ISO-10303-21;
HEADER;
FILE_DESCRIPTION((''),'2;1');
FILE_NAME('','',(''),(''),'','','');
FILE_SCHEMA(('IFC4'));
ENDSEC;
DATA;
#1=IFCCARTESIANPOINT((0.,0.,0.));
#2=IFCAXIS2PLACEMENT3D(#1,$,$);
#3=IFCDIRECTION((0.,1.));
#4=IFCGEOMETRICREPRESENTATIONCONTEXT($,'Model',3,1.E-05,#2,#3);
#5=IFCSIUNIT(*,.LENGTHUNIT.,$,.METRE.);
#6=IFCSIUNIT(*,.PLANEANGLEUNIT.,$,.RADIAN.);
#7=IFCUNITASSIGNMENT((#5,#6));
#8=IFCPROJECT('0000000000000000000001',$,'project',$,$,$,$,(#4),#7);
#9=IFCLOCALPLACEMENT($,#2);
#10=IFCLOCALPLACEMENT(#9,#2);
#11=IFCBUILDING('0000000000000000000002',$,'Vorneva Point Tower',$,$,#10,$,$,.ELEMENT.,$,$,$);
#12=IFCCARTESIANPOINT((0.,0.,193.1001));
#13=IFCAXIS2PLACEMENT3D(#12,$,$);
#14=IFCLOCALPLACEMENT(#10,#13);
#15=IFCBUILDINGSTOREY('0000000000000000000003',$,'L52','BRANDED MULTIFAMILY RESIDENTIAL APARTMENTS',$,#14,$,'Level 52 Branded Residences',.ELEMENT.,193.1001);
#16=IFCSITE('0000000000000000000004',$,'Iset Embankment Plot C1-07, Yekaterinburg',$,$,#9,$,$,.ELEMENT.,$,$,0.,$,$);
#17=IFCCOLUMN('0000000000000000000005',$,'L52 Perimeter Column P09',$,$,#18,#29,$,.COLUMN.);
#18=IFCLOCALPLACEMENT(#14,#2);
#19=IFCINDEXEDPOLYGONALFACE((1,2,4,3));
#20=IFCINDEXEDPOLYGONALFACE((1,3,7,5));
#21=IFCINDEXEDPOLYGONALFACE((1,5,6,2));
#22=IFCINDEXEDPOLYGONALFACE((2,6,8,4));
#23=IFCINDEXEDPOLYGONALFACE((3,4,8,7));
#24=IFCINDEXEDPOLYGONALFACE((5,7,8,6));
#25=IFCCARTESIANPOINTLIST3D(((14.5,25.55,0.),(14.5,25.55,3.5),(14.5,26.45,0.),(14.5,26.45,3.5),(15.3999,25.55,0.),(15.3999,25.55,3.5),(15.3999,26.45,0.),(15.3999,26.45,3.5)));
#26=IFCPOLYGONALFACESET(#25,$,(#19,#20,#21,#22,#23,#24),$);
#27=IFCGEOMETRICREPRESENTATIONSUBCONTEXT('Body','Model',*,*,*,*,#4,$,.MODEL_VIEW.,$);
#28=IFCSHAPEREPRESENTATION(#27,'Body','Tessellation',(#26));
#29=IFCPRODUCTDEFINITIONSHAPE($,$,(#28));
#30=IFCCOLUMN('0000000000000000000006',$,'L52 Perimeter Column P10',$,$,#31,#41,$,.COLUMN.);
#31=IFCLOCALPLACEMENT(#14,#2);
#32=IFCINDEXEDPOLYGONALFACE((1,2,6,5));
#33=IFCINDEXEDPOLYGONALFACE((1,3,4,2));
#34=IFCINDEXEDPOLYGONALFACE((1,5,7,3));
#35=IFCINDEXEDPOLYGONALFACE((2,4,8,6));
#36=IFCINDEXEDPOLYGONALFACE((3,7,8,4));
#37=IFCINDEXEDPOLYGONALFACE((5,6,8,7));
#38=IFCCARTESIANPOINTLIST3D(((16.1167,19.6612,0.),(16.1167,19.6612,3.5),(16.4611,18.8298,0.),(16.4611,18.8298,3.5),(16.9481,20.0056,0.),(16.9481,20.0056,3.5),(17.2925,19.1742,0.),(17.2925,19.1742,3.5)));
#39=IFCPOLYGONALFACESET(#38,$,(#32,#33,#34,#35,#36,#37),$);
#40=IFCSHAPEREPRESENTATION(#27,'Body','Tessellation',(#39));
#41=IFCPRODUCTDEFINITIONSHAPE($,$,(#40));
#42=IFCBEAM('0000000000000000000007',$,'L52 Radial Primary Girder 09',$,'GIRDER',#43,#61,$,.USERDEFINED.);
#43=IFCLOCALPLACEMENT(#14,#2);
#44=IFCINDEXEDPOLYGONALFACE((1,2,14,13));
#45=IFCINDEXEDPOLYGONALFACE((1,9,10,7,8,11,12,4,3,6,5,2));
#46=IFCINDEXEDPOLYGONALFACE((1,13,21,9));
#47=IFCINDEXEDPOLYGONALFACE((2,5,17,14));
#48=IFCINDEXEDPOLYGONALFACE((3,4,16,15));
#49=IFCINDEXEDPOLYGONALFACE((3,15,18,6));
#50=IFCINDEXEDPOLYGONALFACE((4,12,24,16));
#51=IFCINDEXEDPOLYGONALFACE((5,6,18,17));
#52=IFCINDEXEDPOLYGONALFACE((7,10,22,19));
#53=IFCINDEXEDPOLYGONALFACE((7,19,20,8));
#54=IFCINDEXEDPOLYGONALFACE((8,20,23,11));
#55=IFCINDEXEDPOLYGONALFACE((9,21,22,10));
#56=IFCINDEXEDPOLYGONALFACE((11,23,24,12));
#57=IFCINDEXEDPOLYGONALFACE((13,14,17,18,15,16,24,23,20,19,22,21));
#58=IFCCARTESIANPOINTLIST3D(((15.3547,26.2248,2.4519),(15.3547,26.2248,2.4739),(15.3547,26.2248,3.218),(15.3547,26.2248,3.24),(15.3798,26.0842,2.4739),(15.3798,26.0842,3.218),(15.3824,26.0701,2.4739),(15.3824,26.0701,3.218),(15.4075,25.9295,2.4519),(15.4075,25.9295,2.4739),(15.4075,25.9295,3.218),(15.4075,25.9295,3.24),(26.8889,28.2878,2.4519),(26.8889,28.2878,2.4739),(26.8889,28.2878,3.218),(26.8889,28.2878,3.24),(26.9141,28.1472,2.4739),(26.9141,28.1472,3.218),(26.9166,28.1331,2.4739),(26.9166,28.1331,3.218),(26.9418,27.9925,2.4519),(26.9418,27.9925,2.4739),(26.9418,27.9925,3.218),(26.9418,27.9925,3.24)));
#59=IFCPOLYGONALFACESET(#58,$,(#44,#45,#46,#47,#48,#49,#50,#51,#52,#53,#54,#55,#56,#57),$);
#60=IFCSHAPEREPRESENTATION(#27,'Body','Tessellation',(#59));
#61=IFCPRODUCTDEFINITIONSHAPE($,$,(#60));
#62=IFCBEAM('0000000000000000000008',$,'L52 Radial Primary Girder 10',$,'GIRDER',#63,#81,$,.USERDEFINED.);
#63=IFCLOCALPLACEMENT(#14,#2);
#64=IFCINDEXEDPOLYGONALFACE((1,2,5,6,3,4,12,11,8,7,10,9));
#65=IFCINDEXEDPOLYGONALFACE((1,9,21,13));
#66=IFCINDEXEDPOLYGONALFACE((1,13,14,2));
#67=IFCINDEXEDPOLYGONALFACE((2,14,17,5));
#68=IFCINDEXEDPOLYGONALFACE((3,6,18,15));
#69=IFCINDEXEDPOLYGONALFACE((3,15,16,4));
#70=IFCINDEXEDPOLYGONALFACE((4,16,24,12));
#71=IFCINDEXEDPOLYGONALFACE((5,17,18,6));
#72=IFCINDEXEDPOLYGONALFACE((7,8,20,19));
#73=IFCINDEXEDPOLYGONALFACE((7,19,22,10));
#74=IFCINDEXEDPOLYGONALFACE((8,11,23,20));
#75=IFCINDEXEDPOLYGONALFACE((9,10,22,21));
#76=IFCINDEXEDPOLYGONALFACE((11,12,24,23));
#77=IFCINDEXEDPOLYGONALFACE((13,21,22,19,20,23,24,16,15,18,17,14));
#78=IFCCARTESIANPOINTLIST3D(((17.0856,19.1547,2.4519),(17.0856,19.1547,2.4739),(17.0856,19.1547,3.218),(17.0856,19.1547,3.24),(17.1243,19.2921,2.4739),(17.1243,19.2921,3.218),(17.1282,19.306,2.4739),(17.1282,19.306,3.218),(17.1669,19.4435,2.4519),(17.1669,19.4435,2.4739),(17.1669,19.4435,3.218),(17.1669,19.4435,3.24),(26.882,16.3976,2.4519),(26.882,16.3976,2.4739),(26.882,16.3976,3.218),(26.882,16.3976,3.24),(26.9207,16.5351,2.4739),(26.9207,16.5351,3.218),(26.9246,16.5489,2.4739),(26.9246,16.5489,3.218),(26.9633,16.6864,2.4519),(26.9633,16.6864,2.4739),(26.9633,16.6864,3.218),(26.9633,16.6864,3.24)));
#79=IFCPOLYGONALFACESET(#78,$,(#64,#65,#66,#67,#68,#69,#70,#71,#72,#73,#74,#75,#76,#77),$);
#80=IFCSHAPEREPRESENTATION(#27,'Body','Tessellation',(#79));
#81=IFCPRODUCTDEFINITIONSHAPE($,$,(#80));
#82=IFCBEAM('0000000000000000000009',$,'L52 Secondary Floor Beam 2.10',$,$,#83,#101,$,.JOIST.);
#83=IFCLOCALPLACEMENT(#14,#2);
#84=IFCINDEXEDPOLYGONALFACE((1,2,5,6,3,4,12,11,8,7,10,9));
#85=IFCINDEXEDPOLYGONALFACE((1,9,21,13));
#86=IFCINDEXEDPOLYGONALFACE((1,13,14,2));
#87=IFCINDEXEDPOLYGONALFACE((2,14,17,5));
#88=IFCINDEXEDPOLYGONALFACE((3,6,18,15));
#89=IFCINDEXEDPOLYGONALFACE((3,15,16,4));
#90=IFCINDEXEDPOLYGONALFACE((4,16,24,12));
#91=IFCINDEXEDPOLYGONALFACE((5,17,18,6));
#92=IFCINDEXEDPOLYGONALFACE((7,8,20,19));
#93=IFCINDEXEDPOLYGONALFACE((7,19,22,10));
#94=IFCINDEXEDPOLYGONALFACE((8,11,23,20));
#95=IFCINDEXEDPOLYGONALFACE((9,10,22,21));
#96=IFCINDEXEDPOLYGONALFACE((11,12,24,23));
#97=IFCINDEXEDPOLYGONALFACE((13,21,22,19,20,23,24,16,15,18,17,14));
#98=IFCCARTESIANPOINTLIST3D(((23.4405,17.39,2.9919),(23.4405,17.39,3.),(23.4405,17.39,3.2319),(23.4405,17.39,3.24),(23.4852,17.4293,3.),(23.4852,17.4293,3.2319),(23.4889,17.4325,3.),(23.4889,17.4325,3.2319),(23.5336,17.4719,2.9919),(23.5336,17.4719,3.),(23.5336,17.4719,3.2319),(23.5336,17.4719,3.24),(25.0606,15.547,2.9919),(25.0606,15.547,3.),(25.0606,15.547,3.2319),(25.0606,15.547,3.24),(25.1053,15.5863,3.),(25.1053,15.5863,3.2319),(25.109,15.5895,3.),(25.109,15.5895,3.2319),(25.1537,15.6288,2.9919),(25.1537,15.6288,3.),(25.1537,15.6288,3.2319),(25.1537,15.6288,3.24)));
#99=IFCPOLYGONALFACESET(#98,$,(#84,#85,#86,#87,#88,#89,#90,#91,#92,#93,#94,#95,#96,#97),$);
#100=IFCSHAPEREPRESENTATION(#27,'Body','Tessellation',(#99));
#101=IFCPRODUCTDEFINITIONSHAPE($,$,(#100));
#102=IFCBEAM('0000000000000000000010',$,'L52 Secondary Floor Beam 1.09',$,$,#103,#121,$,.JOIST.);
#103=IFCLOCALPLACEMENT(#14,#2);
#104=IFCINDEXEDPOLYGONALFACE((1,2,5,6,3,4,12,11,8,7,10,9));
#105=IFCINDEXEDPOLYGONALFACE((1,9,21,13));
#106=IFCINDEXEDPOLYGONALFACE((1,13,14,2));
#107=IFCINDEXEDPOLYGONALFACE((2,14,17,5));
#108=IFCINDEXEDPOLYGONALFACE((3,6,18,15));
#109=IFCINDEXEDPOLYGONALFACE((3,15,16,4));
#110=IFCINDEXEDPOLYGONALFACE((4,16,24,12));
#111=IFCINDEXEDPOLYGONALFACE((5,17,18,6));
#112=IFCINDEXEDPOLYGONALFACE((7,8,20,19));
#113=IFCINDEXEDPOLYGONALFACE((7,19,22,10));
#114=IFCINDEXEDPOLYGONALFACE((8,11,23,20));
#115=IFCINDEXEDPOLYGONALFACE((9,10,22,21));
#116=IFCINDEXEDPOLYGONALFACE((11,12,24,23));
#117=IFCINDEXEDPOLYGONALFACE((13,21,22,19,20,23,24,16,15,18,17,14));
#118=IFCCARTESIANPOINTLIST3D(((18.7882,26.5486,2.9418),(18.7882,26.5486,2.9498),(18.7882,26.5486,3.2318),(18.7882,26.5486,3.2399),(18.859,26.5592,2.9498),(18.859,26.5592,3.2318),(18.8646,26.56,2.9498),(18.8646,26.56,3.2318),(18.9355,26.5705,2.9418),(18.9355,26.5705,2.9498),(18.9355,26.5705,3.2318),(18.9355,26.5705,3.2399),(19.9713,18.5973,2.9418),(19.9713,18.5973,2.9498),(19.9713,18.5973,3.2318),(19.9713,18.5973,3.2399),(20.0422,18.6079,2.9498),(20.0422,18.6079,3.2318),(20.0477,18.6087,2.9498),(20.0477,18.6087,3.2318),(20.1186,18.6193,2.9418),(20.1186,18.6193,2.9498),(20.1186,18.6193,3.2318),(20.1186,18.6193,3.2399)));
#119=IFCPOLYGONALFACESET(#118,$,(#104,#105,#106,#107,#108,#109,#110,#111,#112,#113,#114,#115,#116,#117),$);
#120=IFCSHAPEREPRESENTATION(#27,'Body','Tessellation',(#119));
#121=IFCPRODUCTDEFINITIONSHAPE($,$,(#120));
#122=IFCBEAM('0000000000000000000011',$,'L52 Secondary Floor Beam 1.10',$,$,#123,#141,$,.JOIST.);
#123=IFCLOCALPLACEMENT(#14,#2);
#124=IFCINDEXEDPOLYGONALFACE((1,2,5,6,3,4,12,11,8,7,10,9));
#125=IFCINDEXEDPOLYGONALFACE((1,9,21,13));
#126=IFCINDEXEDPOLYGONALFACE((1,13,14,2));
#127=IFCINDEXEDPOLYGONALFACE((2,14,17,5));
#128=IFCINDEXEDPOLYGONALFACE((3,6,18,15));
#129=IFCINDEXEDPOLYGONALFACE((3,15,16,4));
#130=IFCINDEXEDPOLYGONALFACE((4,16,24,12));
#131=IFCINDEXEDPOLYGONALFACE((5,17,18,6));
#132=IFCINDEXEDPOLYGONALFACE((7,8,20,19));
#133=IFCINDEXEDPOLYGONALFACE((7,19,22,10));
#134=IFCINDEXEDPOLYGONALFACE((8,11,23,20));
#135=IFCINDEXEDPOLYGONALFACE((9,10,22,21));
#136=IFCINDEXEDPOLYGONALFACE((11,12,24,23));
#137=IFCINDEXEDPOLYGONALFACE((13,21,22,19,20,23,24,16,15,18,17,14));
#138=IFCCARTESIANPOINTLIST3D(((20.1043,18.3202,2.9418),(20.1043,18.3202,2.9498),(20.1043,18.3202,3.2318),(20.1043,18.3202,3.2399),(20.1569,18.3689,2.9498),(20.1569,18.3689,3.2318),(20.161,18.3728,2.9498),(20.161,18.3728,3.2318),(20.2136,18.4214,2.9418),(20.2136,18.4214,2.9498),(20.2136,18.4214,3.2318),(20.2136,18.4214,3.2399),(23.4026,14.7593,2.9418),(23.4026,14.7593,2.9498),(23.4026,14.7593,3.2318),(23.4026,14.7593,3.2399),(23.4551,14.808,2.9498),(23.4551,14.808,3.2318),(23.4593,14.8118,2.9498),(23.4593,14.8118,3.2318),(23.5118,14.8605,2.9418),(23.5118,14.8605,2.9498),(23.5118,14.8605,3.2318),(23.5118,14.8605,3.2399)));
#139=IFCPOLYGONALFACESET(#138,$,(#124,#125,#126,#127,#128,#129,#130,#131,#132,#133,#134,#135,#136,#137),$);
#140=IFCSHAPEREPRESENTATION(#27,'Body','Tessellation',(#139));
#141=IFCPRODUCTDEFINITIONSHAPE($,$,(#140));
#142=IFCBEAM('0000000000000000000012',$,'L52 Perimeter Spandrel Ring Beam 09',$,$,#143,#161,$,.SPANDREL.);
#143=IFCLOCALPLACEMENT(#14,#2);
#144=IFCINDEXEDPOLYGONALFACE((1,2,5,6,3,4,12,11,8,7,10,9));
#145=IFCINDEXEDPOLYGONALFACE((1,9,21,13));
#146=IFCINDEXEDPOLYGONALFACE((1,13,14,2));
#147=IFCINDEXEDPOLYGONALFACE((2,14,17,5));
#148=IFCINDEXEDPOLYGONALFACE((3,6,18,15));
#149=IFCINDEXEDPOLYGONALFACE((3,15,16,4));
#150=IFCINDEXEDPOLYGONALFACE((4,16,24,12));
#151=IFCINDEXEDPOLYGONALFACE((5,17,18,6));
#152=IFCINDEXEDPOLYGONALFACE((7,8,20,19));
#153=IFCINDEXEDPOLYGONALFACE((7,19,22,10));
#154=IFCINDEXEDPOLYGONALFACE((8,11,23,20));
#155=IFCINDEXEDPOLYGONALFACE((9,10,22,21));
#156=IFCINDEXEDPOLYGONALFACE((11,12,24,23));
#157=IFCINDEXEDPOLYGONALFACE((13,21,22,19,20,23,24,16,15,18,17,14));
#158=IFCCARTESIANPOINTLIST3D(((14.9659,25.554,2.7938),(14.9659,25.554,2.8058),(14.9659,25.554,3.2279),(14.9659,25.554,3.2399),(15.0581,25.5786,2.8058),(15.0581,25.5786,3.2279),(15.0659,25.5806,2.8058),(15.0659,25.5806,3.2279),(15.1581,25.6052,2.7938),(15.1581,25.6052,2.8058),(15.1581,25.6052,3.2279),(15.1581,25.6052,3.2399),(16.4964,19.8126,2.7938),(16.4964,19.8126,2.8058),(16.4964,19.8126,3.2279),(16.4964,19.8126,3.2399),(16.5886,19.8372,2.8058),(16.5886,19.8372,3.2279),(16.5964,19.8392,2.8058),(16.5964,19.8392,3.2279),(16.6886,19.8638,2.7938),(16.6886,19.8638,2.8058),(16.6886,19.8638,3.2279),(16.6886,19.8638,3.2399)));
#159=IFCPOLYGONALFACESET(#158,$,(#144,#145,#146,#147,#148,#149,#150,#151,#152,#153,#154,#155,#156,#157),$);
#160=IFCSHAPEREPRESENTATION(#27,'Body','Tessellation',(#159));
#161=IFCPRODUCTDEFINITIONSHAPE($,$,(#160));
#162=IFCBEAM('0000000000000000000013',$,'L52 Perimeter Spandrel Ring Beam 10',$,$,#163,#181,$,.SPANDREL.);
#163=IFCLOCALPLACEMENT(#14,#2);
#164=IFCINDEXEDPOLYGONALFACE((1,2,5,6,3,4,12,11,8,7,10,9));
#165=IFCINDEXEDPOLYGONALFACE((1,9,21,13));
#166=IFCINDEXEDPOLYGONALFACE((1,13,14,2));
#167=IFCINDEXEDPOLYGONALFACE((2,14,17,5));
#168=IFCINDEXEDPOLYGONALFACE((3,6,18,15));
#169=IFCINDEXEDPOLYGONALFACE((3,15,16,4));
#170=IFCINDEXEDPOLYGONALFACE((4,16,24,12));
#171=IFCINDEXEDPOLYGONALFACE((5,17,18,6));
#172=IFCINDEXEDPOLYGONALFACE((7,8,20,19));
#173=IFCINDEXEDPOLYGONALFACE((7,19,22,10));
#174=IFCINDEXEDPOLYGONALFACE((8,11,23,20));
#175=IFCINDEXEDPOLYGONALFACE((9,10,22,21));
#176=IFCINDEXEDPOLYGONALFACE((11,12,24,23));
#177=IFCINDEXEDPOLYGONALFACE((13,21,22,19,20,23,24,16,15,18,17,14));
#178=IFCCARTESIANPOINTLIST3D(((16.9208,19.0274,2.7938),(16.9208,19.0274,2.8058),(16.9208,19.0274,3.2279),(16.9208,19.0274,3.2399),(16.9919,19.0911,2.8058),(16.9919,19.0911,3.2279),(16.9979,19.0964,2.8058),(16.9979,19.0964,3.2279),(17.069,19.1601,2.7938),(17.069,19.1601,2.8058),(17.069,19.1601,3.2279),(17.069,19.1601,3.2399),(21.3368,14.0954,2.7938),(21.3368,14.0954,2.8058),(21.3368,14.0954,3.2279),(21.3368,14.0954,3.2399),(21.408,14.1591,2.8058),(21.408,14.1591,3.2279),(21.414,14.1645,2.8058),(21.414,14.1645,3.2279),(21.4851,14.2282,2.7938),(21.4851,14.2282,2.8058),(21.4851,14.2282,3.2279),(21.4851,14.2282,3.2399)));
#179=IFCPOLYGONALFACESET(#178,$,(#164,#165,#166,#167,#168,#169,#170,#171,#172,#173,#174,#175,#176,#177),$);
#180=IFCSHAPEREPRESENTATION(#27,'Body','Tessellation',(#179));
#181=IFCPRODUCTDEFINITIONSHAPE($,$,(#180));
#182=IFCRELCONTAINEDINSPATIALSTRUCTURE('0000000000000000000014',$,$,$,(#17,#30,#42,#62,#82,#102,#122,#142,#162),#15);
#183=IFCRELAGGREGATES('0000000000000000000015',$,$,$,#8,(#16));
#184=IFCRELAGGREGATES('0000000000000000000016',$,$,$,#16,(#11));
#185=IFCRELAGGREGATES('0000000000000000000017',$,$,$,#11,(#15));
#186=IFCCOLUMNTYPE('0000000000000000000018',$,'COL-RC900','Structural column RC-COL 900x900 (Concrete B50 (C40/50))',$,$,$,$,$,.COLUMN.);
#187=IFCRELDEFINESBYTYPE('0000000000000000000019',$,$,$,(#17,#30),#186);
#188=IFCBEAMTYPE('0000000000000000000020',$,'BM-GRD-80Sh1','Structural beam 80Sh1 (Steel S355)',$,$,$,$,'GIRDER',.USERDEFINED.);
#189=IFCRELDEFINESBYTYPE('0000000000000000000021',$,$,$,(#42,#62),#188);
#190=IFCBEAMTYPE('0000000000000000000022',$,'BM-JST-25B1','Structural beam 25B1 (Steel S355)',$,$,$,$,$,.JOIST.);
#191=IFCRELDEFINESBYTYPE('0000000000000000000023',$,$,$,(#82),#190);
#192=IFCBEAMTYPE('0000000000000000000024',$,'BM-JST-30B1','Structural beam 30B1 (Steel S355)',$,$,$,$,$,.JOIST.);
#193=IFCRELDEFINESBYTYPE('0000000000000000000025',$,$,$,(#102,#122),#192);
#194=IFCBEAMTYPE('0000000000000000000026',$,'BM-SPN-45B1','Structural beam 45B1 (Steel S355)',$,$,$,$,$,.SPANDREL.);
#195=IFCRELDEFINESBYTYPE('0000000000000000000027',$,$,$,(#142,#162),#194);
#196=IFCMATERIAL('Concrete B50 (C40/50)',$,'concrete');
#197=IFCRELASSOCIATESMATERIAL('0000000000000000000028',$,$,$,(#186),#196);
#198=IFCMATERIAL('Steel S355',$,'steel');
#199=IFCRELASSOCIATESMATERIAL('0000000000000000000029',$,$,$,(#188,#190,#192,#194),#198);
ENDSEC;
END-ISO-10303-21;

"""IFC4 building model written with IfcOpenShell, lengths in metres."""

from ifc_helpers import new_model, si_unit, direction, frame, origin, origin_2d, place, context, subcontext, project, spatial, rectangle, i_section, extrude, material, material_profile, profile_set, type_object, element, save


model = new_model("IFC4")

# Units and contexts
model_context = context("Model", 3, precision=1e-05, world=origin(), true_north=direction((0.0, 1.0)))
body_context = subcontext(model_context, "Body", "Model", "MODEL_VIEW")
ifc_project = project(units=[si_unit("LENGTHUNIT", "METRE"), si_unit("PLANEANGLEUNIT", "RADIAN")], contexts=[model_context])

# Site, building, storey
site_placement = place(None, origin())
site = spatial("IfcSite", under=ifc_project, at=site_placement, Name="Iset Embankment Plot C1-07, Yekaterinburg", CompositionType="ELEMENT", RefElevation=0.0)
building_placement = place(site_placement, origin())
building = spatial("IfcBuilding", under=site, at=building_placement, Name="Vorneva Point Tower", CompositionType="ELEMENT")
storey_placement = place(building_placement, frame((0.0, 0.0, 193.1001)))
storey = spatial("IfcBuildingStorey", under=building, at=storey_placement, Name="L52", Description="BRANDED MULTIFAMILY RESIDENTIAL APARTMENTS", LongName="Level 52 Branded Residences", CompositionType="ELEMENT", Elevation=193.1001)

# Columns
ifc_material_1 = material(Name="Concrete B50 (C40/50)", Category="concrete")
ifc_material_profile_1 = material_profile(ifc_material_1, rectangle(XDim=0.8999, YDim=0.8999, at=origin_2d()), Name="RC-COL 900x900")
ifc_profile_set_1 = profile_set([ifc_material_profile_1], Name="Concrete B50 (C40/50)")
column_type = type_object("IfcColumnType", Name="COL-RC900", Description="Structural column RC-COL 900x900 (Concrete B50 (C40/50))", PredefinedType="COLUMN", material=ifc_profile_set_1)
for number, where, z_axis, x_axis, name in (
    (1, (14.95, 26.0, 0.0), (0.0, 0.0, 1.0), (-1.0, 0.0, 0.0), "L52 Perimeter Column P09"),
    (2, (16.7046, 19.4177, 0.0), (0.0, 0.0, 1.0), (-0.92388, -0.382683, 0.0), "L52 Perimeter Column P10"),
):
    element("IfcColumn", number, at=place(storey_placement, frame(where, z_axis=z_axis, x_axis=x_axis)), inside=storey, type_object=column_type, Name=name, PredefinedType="COLUMN", context=body_context, shape_type="SweptSolid", body=[
        extrude(rectangle(XDim=0.8999, YDim=0.8999, at=origin_2d()), origin(), (0.0, 0.0, 1.0), 3.5),
    ])

# Beams
ifc_material_2 = material(Name="Steel S355", Category="steel")
ifc_material_profile_2 = material_profile(ifc_material_2, i_section(OverallWidth=0.3, OverallDepth=0.7881, WebThickness=0.0144, FlangeThickness=0.022, at=origin_2d()), Name="80Sh1")
ifc_profile_set_2 = profile_set([ifc_material_profile_2], Name="Steel S355")
beam_type_1 = type_object("IfcBeamType", Name="BM-GRD-80Sh1", Description="Structural beam 80Sh1 (Steel S355)", ElementType="GIRDER", PredefinedType="USERDEFINED", material=ifc_profile_set_2)
beam_1_placement = place(storey_placement, frame((15.3811, 26.0771, 2.8459), z_axis=(0.984379, 0.176065, 0.0), x_axis=(-0.176065, 0.984379, 0.0)))
element("IfcBeam", 3, at=beam_1_placement, inside=storey, type_object=beam_type_1, Name="L52 Radial Primary Girder 09", ObjectType="GIRDER", PredefinedType="USERDEFINED", context=body_context, shape_type="SweptSolid", body=[
    extrude(i_section(OverallWidth=0.3, OverallDepth=0.7881, WebThickness=0.0144, FlangeThickness=0.022, at=origin_2d()), origin(), (0.0, 0.0, 1.0), 11.7173),
])
beam_2_placement = place(storey_placement, frame((17.1262, 19.2991, 2.8459), z_axis=(0.962604, -0.270914, 0.0), x_axis=(0.270914, 0.962604, 0.0)))
element("IfcBeam", 4, at=beam_2_placement, inside=storey, type_object=beam_type_1, Name="L52 Radial Primary Girder 10", ObjectType="GIRDER", PredefinedType="USERDEFINED", context=body_context, shape_type="SweptSolid", body=[
    extrude(i_section(OverallWidth=0.3, OverallDepth=0.7881, WebThickness=0.0144, FlangeThickness=0.022, at=origin_2d()), origin(), (0.0, 0.0, 1.0), 10.177),
])
ifc_material_profile_3 = material_profile(ifc_material_2, i_section(OverallWidth=0.124, OverallDepth=0.248, WebThickness=0.0049, FlangeThickness=0.0081, at=origin_2d()), Name="25B1")
ifc_profile_set_3 = profile_set([ifc_material_profile_3], Name="Steel S355")
beam_type_2 = type_object("IfcBeamType", Name="BM-JST-25B1", Description="Structural beam 25B1 (Steel S355)", PredefinedType="JOIST", material=ifc_profile_set_3)
beam_3_placement = place(storey_placement, frame((23.4871, 17.4309, 3.116), z_axis=(0.660229, -0.751065, 0.0), x_axis=(0.751065, 0.660229, 0.0)))
element("IfcBeam", 5, at=beam_3_placement, inside=storey, type_object=beam_type_2, Name="L52 Secondary Floor Beam 2.10", PredefinedType="JOIST", context=body_context, shape_type="SweptSolid", body=[
    extrude(i_section(OverallWidth=0.124, OverallDepth=0.248, WebThickness=0.0049, FlangeThickness=0.0081, at=origin_2d()), origin(), (0.0, 0.0, 1.0), 2.4539),
])
ifc_material_profile_4 = material_profile(ifc_material_2, i_section(OverallWidth=0.1489, OverallDepth=0.2981, WebThickness=0.0056, FlangeThickness=0.0081, at=origin_2d()), Name="30B1")
ifc_profile_set_4 = profile_set([ifc_material_profile_4], Name="Steel S355")
beam_type_3 = type_object("IfcBeamType", Name="BM-JST-30B1", Description="Structural beam 30B1 (Steel S355)", PredefinedType="JOIST", material=ifc_profile_set_4)
beam_4_placement = place(storey_placement, frame((18.8618, 26.5596, 3.0908), z_axis=(0.147176, -0.98911, 0.0), x_axis=(0.98911, 0.147176, 0.0)))
element("IfcBeam", 6, at=beam_4_placement, inside=storey, type_object=beam_type_3, Name="L52 Secondary Floor Beam 1.09", PredefinedType="JOIST", context=body_context, shape_type="SweptSolid", body=[
    extrude(i_section(OverallWidth=0.1489, OverallDepth=0.2981, WebThickness=0.0056, FlangeThickness=0.0081, at=origin_2d()), origin(), (0.0, 0.0, 1.0), 8.0388),
])
beam_5_placement = place(storey_placement, frame((20.1589, 18.3708, 3.0908), z_axis=(0.679528, -0.733649, 0.0), x_axis=(0.733649, 0.679528, 0.0)))
element("IfcBeam", 7, at=beam_5_placement, inside=storey, type_object=beam_type_3, Name="L52 Secondary Floor Beam 1.10", PredefinedType="JOIST", context=body_context, shape_type="SweptSolid", body=[
    extrude(i_section(OverallWidth=0.1489, OverallDepth=0.2981, WebThickness=0.0056, FlangeThickness=0.0081, at=origin_2d()), origin(), (0.0, 0.0, 1.0), 4.8538),
])
ifc_material_profile_5 = material_profile(ifc_material_2, i_section(OverallWidth=0.199, OverallDepth=0.446, WebThickness=0.0081, FlangeThickness=0.012, at=origin_2d()), Name="45B1")
ifc_profile_set_5 = profile_set([ifc_material_profile_5], Name="Steel S355")
beam_type_4 = type_object("IfcBeamType", Name="BM-SPN-45B1", Description="Structural beam 45B1 (Steel S355)", PredefinedType="SPANDREL", material=ifc_profile_set_5)
beam_6_placement = place(storey_placement, frame((15.062, 25.5796, 3.0168), z_axis=(0.257578, -0.966257, 0.0), x_axis=(0.966257, 0.257578, 0.0)))
element("IfcBeam", 8, at=beam_6_placement, inside=storey, type_object=beam_type_4, Name="L52 Perimeter Spandrel Ring Beam 09", PredefinedType="SPANDREL", context=body_context, shape_type="SweptSolid", body=[
    extrude(i_section(OverallWidth=0.199, OverallDepth=0.446, WebThickness=0.0081, FlangeThickness=0.012, at=origin_2d()), origin(), (0.0, 0.0, 1.0), 5.9419),
])
beam_7_placement = place(storey_placement, frame((16.9949, 19.0938, 3.0168), z_axis=(0.66707, -0.744995, 0.0), x_axis=(0.744995, 0.66707, 0.0)))
element("IfcBeam", 9, at=beam_7_placement, inside=storey, type_object=beam_type_4, Name="L52 Perimeter Spandrel Ring Beam 10", PredefinedType="SPANDREL", context=body_context, shape_type="SweptSolid", body=[
    extrude(i_section(OverallWidth=0.199, OverallDepth=0.446, WebThickness=0.0081, FlangeThickness=0.012, at=origin_2d()), origin(), (0.0, 0.0, 1.0), 6.6201),
])

save(model, "model.ifc")
